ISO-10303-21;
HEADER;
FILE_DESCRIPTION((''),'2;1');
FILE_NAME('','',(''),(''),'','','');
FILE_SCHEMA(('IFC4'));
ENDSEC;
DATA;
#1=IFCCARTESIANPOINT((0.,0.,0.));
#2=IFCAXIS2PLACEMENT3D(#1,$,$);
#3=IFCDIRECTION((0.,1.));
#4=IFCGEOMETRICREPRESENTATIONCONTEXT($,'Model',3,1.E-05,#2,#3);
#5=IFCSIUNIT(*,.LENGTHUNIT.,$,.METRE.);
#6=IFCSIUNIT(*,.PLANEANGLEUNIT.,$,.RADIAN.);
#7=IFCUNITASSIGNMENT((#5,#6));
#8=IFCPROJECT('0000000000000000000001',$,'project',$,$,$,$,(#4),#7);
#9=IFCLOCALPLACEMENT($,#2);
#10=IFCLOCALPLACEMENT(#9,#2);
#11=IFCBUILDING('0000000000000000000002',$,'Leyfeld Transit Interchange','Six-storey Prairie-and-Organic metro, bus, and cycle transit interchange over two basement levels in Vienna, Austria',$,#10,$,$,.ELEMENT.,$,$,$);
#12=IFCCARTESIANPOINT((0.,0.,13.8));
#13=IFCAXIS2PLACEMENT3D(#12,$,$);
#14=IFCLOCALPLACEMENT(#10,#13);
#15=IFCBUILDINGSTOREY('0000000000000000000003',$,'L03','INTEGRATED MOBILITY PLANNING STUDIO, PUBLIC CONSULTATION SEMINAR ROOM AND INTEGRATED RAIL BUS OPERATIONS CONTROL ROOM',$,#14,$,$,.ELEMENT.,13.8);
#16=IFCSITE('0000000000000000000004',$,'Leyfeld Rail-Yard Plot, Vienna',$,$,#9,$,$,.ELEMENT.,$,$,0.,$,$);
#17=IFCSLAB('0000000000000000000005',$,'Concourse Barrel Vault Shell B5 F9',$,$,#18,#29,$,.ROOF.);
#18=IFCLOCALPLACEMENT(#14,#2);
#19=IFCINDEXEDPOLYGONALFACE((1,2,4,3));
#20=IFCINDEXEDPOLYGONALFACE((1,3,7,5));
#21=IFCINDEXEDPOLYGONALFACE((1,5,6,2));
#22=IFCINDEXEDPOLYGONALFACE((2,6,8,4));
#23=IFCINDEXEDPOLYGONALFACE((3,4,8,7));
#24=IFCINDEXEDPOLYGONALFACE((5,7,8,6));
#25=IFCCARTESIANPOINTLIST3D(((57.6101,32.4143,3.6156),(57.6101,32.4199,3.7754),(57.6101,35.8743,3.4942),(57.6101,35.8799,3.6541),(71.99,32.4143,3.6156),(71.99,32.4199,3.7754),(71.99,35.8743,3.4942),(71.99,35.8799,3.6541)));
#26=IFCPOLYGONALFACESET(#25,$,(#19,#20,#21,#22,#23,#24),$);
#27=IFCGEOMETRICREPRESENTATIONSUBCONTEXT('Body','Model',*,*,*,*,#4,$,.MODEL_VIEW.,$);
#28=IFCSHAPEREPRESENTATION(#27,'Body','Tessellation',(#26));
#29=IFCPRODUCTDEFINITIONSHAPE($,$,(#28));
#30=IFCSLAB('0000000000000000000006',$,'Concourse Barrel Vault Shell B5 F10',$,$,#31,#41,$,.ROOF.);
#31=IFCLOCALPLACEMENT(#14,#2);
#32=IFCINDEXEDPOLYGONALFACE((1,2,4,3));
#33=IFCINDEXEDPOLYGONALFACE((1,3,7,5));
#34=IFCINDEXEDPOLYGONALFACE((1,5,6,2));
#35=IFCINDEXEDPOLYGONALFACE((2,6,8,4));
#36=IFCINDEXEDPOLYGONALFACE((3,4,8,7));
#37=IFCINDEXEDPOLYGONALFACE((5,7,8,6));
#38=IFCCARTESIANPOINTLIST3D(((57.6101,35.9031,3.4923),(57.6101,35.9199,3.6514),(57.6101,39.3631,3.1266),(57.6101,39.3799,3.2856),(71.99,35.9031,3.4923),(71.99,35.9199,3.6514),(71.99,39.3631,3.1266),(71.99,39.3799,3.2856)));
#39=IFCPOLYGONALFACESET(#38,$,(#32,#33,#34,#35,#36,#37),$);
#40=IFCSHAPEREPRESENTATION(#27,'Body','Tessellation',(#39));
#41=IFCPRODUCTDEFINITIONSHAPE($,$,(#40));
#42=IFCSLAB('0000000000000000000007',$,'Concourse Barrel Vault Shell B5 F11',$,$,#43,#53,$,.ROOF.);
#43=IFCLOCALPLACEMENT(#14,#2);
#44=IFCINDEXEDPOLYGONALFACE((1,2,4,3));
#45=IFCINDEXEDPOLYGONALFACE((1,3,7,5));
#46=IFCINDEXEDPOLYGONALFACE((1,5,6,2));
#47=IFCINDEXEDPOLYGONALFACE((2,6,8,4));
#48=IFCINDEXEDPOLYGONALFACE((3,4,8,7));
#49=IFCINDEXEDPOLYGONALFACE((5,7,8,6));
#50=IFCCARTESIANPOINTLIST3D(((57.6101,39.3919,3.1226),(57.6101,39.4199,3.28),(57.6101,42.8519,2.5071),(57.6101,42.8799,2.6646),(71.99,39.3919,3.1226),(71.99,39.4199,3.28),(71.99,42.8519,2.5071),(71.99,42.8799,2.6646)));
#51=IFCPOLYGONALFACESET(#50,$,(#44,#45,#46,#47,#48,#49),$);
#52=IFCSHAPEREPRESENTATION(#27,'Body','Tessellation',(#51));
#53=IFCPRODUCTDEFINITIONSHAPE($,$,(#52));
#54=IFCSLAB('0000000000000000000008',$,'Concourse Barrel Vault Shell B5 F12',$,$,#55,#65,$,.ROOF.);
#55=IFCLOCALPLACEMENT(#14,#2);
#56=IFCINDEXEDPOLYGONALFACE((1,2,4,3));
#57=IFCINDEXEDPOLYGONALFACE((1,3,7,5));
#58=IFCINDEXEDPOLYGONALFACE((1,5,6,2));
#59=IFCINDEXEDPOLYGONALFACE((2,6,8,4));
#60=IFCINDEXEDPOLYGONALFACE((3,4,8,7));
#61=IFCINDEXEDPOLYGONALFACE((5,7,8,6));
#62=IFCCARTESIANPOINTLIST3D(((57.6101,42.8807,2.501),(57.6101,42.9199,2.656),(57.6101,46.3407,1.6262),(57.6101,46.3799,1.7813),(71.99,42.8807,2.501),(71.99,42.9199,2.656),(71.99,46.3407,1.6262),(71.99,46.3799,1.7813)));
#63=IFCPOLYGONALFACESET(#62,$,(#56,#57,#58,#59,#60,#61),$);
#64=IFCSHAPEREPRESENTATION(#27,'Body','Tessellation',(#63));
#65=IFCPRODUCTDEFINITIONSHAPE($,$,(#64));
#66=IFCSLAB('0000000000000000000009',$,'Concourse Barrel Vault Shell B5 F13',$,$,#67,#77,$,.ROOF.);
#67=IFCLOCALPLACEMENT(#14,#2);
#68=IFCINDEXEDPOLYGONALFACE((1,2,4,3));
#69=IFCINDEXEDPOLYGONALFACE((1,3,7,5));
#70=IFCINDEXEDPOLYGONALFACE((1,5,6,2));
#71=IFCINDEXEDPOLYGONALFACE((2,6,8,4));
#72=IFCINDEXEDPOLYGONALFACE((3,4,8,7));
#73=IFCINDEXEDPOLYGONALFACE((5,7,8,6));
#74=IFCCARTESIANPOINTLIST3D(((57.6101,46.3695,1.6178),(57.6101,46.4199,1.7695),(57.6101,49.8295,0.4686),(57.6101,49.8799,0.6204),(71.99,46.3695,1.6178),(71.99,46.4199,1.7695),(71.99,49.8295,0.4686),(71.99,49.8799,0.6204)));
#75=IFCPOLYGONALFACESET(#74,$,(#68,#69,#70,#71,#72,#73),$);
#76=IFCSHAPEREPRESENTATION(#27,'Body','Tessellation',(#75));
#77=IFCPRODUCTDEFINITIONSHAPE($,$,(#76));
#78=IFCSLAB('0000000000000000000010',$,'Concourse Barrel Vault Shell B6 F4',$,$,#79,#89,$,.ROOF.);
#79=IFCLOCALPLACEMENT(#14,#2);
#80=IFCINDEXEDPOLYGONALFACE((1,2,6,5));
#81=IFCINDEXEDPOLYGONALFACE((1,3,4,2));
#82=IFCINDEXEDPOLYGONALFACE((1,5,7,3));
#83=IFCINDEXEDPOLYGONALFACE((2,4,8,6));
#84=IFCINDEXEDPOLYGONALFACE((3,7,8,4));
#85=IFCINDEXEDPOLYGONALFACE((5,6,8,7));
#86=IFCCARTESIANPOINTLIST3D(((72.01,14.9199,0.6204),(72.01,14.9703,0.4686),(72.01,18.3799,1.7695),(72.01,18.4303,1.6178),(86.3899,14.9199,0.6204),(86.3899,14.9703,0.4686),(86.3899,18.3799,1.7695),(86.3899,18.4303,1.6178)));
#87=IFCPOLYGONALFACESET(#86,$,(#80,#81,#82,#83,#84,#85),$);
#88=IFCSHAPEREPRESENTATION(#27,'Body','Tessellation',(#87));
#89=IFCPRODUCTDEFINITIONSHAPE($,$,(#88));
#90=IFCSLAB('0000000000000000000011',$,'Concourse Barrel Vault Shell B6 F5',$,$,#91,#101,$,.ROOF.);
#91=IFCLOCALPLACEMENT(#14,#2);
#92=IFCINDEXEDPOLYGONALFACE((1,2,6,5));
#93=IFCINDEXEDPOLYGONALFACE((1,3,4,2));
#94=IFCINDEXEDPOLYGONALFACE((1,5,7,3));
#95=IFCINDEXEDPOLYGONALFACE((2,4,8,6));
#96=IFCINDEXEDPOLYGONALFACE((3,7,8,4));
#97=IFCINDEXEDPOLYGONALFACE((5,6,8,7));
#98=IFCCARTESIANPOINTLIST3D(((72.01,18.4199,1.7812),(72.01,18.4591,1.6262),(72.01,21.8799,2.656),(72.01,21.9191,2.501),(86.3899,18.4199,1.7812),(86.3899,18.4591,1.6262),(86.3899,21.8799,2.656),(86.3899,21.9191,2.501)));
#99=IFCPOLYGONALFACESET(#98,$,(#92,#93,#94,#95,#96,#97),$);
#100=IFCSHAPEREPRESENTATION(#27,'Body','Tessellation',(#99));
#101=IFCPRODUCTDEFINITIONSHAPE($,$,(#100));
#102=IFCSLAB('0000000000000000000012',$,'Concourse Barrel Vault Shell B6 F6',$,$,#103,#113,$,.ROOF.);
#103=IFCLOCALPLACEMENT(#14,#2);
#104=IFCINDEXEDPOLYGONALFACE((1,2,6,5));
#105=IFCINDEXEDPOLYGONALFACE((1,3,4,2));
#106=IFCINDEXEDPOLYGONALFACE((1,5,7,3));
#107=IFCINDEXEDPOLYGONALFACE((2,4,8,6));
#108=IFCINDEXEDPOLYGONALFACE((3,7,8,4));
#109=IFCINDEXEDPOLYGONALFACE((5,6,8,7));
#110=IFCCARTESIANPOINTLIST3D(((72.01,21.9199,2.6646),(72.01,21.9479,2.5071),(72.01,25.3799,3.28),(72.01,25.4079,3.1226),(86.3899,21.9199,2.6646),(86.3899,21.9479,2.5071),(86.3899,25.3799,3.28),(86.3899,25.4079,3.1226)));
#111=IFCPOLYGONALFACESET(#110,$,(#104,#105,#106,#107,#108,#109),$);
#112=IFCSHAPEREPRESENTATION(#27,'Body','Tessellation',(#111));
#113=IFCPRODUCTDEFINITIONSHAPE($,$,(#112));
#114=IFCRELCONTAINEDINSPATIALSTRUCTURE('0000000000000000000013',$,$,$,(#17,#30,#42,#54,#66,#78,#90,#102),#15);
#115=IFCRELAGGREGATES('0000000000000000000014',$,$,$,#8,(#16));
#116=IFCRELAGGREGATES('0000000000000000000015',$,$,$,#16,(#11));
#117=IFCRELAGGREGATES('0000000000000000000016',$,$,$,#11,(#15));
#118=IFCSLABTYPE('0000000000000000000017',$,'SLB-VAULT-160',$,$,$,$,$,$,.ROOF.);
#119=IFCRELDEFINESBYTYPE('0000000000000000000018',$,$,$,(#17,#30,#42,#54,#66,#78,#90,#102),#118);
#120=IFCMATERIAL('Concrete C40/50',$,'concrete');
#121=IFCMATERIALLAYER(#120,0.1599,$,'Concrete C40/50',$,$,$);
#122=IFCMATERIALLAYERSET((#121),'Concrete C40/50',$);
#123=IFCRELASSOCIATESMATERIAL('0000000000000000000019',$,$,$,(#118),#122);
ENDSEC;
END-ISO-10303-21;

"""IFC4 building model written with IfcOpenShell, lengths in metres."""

from ifc_helpers import new_model, si_unit, direction, frame, origin, place, context, subcontext, project, spatial, polyline, outline, extrude, material, layer, layer_set, type_object, element, save


model = new_model("IFC4")

# Units and contexts
model_context = context("Model", 3, precision=1e-05, world=origin(), true_north=direction((0.0, 1.0)))
body_context = subcontext(model_context, "Body", "Model", "MODEL_VIEW")
ifc_project = project(units=[si_unit("LENGTHUNIT", "METRE"), si_unit("PLANEANGLEUNIT", "RADIAN")], contexts=[model_context])

# Site, building, storey
site_placement = place(None, origin())
site = spatial("IfcSite", under=ifc_project, at=site_placement, Name="Leyfeld Rail-Yard Plot, Vienna", CompositionType="ELEMENT", RefElevation=0.0)
building_placement = place(site_placement, origin())
building = spatial("IfcBuilding", under=site, at=building_placement, Name="Leyfeld Transit Interchange", Description="Six-storey Prairie-and-Organic metro, bus, and cycle transit interchange over two basement levels in Vienna, Austria", CompositionType="ELEMENT")
storey_placement = place(building_placement, frame((0.0, 0.0, 13.8)))
storey = spatial("IfcBuildingStorey", under=building, at=storey_placement, Name="L03", Description="INTEGRATED MOBILITY PLANNING STUDIO, PUBLIC CONSULTATION SEMINAR ROOM AND INTEGRATED RAIL BUS OPERATIONS CONTROL ROOM", CompositionType="ELEMENT", Elevation=13.8)

# Slabs
ifc_material_1 = material(Name="Concrete C40/50", Category="concrete")
ifc_layer = layer(ifc_material_1, 0.1599, Name="Concrete C40/50")
ifc_layer_set = layer_set([ifc_layer], Name="Concrete C40/50")
slab_type = type_object("IfcSlabType", Name="SLB-VAULT-160", PredefinedType="ROOF", material=ifc_layer_set)
for number, where, z_axis, x_axis, name in (
    (1, (57.6101, 32.4199, 3.7754), (0.0, 0.035048, 0.999386), (1.0, 0.0, 0.0), "Concourse Barrel Vault Shell B5 F9"),
):
    element("IfcSlab", number, at=place(storey_placement, frame(where, z_axis=z_axis, x_axis=x_axis)), inside=storey, type_object=slab_type, Name=name, PredefinedType="ROOF", context=body_context, shape_type="SweptSolid", body=[
        extrude(outline(polyline([(0.0, 0.0), (14.3799, 0.0), (14.3799, 3.4621), (0.0, 3.4621), (0.0, 0.0)])), origin(), (0.0, 0.0, -1.0), 0.1599),
    ])
slab_1_placement = place(storey_placement, frame((57.6101, 35.9199, 3.6514), z_axis=(0.0, 0.105116, 0.99446), x_axis=(1.0, 0.0, 0.0)))
element("IfcSlab", 2, at=slab_1_placement, inside=storey, type_object=slab_type, Name="Concourse Barrel Vault Shell B5 F10", PredefinedType="ROOF", context=body_context, shape_type="SweptSolid", body=[
    extrude(outline(polyline([(0.0, 0.0), (14.3799, 0.0), (14.3799, 3.4792), (0.0, 3.4792), (0.0, 0.0)])), origin(), (0.0, 0.0, -1.0), 0.1599),
])
slab_2_placement = place(storey_placement, frame((57.6101, 39.4199, 3.28), z_axis=(0.0, 0.175137, 0.984544), x_axis=(1.0, 0.0, 0.0)))
element("IfcSlab", 3, at=slab_2_placement, inside=storey, type_object=slab_type, Name="Concourse Barrel Vault Shell B5 F11", PredefinedType="ROOF", context=body_context, shape_type="SweptSolid", body=[
    extrude(outline(polyline([(0.0, 0.0), (14.3799, 0.0), (14.3799, 3.5143), (0.0, 3.5143), (0.0, 0.0)])), origin(), (0.0, 0.0, -1.0), 0.1599),
])
slab_3_placement = place(storey_placement, frame((57.6101, 42.9199, 2.656), z_axis=(0.0, 0.24511, 0.969495), x_axis=(1.0, 0.0, 0.0)))
element("IfcSlab", 4, at=slab_3_placement, inside=storey, type_object=slab_type, Name="Concourse Barrel Vault Shell B5 F12", PredefinedType="ROOF", context=body_context, shape_type="SweptSolid", body=[
    extrude(outline(polyline([(0.0, 0.0), (14.3799, 0.0), (14.3799, 3.5688), (0.0, 3.5688), (0.0, 0.0)])), origin(), (0.0, 0.0, -1.0), 0.1599),
])
for number, where, z_axis, x_axis, name in (
    (5, (57.6101, 46.4199, 1.7695), (0.0, 0.315203, 0.949024), (1.0, 0.0, 0.0), "Concourse Barrel Vault Shell B5 F13"),
    (6, (72.01, 14.9199, 0.6204), (0.0, -0.315203, 0.949024), (1.0, 0.0, 0.0), "Concourse Barrel Vault Shell B6 F4"),
):
    element("IfcSlab", number, at=place(storey_placement, frame(where, z_axis=z_axis, x_axis=x_axis)), inside=storey, type_object=slab_type, Name=name, PredefinedType="ROOF", context=body_context, shape_type="SweptSolid", body=[
        extrude(outline(polyline([(0.0, 0.0), (14.3799, 0.0), (14.3799, 3.6458), (0.0, 3.6458), (0.0, 0.0)])), origin(), (0.0, 0.0, -1.0), 0.1599),
    ])
slab_4_placement = place(storey_placement, frame((72.01, 18.4199, 1.7812), z_axis=(0.0, -0.24511, 0.969495), x_axis=(1.0, 0.0, 0.0)))
element("IfcSlab", 7, at=slab_4_placement, inside=storey, type_object=slab_type, Name="Concourse Barrel Vault Shell B6 F5", PredefinedType="ROOF", context=body_context, shape_type="SweptSolid", body=[
    extrude(outline(polyline([(0.0, 0.0), (14.3799, 0.0), (14.3799, 3.5688), (0.0, 3.5688), (0.0, 0.0)])), origin(), (0.0, 0.0, -1.0), 0.1599),
])
slab_5_placement = place(storey_placement, frame((72.01, 21.9199, 2.6646), z_axis=(0.0, -0.175137, 0.984544), x_axis=(1.0, 0.0, 0.0)))
element("IfcSlab", 8, at=slab_5_placement, inside=storey, type_object=slab_type, Name="Concourse Barrel Vault Shell B6 F6", PredefinedType="ROOF", context=body_context, shape_type="SweptSolid", body=[
    extrude(outline(polyline([(0.0, 0.0), (14.3799, 0.0), (14.3799, 3.5143), (0.0, 3.5143), (0.0, 0.0)])), origin(), (0.0, 0.0, -1.0), 0.1599),
])

save(model, "model.ifc")
